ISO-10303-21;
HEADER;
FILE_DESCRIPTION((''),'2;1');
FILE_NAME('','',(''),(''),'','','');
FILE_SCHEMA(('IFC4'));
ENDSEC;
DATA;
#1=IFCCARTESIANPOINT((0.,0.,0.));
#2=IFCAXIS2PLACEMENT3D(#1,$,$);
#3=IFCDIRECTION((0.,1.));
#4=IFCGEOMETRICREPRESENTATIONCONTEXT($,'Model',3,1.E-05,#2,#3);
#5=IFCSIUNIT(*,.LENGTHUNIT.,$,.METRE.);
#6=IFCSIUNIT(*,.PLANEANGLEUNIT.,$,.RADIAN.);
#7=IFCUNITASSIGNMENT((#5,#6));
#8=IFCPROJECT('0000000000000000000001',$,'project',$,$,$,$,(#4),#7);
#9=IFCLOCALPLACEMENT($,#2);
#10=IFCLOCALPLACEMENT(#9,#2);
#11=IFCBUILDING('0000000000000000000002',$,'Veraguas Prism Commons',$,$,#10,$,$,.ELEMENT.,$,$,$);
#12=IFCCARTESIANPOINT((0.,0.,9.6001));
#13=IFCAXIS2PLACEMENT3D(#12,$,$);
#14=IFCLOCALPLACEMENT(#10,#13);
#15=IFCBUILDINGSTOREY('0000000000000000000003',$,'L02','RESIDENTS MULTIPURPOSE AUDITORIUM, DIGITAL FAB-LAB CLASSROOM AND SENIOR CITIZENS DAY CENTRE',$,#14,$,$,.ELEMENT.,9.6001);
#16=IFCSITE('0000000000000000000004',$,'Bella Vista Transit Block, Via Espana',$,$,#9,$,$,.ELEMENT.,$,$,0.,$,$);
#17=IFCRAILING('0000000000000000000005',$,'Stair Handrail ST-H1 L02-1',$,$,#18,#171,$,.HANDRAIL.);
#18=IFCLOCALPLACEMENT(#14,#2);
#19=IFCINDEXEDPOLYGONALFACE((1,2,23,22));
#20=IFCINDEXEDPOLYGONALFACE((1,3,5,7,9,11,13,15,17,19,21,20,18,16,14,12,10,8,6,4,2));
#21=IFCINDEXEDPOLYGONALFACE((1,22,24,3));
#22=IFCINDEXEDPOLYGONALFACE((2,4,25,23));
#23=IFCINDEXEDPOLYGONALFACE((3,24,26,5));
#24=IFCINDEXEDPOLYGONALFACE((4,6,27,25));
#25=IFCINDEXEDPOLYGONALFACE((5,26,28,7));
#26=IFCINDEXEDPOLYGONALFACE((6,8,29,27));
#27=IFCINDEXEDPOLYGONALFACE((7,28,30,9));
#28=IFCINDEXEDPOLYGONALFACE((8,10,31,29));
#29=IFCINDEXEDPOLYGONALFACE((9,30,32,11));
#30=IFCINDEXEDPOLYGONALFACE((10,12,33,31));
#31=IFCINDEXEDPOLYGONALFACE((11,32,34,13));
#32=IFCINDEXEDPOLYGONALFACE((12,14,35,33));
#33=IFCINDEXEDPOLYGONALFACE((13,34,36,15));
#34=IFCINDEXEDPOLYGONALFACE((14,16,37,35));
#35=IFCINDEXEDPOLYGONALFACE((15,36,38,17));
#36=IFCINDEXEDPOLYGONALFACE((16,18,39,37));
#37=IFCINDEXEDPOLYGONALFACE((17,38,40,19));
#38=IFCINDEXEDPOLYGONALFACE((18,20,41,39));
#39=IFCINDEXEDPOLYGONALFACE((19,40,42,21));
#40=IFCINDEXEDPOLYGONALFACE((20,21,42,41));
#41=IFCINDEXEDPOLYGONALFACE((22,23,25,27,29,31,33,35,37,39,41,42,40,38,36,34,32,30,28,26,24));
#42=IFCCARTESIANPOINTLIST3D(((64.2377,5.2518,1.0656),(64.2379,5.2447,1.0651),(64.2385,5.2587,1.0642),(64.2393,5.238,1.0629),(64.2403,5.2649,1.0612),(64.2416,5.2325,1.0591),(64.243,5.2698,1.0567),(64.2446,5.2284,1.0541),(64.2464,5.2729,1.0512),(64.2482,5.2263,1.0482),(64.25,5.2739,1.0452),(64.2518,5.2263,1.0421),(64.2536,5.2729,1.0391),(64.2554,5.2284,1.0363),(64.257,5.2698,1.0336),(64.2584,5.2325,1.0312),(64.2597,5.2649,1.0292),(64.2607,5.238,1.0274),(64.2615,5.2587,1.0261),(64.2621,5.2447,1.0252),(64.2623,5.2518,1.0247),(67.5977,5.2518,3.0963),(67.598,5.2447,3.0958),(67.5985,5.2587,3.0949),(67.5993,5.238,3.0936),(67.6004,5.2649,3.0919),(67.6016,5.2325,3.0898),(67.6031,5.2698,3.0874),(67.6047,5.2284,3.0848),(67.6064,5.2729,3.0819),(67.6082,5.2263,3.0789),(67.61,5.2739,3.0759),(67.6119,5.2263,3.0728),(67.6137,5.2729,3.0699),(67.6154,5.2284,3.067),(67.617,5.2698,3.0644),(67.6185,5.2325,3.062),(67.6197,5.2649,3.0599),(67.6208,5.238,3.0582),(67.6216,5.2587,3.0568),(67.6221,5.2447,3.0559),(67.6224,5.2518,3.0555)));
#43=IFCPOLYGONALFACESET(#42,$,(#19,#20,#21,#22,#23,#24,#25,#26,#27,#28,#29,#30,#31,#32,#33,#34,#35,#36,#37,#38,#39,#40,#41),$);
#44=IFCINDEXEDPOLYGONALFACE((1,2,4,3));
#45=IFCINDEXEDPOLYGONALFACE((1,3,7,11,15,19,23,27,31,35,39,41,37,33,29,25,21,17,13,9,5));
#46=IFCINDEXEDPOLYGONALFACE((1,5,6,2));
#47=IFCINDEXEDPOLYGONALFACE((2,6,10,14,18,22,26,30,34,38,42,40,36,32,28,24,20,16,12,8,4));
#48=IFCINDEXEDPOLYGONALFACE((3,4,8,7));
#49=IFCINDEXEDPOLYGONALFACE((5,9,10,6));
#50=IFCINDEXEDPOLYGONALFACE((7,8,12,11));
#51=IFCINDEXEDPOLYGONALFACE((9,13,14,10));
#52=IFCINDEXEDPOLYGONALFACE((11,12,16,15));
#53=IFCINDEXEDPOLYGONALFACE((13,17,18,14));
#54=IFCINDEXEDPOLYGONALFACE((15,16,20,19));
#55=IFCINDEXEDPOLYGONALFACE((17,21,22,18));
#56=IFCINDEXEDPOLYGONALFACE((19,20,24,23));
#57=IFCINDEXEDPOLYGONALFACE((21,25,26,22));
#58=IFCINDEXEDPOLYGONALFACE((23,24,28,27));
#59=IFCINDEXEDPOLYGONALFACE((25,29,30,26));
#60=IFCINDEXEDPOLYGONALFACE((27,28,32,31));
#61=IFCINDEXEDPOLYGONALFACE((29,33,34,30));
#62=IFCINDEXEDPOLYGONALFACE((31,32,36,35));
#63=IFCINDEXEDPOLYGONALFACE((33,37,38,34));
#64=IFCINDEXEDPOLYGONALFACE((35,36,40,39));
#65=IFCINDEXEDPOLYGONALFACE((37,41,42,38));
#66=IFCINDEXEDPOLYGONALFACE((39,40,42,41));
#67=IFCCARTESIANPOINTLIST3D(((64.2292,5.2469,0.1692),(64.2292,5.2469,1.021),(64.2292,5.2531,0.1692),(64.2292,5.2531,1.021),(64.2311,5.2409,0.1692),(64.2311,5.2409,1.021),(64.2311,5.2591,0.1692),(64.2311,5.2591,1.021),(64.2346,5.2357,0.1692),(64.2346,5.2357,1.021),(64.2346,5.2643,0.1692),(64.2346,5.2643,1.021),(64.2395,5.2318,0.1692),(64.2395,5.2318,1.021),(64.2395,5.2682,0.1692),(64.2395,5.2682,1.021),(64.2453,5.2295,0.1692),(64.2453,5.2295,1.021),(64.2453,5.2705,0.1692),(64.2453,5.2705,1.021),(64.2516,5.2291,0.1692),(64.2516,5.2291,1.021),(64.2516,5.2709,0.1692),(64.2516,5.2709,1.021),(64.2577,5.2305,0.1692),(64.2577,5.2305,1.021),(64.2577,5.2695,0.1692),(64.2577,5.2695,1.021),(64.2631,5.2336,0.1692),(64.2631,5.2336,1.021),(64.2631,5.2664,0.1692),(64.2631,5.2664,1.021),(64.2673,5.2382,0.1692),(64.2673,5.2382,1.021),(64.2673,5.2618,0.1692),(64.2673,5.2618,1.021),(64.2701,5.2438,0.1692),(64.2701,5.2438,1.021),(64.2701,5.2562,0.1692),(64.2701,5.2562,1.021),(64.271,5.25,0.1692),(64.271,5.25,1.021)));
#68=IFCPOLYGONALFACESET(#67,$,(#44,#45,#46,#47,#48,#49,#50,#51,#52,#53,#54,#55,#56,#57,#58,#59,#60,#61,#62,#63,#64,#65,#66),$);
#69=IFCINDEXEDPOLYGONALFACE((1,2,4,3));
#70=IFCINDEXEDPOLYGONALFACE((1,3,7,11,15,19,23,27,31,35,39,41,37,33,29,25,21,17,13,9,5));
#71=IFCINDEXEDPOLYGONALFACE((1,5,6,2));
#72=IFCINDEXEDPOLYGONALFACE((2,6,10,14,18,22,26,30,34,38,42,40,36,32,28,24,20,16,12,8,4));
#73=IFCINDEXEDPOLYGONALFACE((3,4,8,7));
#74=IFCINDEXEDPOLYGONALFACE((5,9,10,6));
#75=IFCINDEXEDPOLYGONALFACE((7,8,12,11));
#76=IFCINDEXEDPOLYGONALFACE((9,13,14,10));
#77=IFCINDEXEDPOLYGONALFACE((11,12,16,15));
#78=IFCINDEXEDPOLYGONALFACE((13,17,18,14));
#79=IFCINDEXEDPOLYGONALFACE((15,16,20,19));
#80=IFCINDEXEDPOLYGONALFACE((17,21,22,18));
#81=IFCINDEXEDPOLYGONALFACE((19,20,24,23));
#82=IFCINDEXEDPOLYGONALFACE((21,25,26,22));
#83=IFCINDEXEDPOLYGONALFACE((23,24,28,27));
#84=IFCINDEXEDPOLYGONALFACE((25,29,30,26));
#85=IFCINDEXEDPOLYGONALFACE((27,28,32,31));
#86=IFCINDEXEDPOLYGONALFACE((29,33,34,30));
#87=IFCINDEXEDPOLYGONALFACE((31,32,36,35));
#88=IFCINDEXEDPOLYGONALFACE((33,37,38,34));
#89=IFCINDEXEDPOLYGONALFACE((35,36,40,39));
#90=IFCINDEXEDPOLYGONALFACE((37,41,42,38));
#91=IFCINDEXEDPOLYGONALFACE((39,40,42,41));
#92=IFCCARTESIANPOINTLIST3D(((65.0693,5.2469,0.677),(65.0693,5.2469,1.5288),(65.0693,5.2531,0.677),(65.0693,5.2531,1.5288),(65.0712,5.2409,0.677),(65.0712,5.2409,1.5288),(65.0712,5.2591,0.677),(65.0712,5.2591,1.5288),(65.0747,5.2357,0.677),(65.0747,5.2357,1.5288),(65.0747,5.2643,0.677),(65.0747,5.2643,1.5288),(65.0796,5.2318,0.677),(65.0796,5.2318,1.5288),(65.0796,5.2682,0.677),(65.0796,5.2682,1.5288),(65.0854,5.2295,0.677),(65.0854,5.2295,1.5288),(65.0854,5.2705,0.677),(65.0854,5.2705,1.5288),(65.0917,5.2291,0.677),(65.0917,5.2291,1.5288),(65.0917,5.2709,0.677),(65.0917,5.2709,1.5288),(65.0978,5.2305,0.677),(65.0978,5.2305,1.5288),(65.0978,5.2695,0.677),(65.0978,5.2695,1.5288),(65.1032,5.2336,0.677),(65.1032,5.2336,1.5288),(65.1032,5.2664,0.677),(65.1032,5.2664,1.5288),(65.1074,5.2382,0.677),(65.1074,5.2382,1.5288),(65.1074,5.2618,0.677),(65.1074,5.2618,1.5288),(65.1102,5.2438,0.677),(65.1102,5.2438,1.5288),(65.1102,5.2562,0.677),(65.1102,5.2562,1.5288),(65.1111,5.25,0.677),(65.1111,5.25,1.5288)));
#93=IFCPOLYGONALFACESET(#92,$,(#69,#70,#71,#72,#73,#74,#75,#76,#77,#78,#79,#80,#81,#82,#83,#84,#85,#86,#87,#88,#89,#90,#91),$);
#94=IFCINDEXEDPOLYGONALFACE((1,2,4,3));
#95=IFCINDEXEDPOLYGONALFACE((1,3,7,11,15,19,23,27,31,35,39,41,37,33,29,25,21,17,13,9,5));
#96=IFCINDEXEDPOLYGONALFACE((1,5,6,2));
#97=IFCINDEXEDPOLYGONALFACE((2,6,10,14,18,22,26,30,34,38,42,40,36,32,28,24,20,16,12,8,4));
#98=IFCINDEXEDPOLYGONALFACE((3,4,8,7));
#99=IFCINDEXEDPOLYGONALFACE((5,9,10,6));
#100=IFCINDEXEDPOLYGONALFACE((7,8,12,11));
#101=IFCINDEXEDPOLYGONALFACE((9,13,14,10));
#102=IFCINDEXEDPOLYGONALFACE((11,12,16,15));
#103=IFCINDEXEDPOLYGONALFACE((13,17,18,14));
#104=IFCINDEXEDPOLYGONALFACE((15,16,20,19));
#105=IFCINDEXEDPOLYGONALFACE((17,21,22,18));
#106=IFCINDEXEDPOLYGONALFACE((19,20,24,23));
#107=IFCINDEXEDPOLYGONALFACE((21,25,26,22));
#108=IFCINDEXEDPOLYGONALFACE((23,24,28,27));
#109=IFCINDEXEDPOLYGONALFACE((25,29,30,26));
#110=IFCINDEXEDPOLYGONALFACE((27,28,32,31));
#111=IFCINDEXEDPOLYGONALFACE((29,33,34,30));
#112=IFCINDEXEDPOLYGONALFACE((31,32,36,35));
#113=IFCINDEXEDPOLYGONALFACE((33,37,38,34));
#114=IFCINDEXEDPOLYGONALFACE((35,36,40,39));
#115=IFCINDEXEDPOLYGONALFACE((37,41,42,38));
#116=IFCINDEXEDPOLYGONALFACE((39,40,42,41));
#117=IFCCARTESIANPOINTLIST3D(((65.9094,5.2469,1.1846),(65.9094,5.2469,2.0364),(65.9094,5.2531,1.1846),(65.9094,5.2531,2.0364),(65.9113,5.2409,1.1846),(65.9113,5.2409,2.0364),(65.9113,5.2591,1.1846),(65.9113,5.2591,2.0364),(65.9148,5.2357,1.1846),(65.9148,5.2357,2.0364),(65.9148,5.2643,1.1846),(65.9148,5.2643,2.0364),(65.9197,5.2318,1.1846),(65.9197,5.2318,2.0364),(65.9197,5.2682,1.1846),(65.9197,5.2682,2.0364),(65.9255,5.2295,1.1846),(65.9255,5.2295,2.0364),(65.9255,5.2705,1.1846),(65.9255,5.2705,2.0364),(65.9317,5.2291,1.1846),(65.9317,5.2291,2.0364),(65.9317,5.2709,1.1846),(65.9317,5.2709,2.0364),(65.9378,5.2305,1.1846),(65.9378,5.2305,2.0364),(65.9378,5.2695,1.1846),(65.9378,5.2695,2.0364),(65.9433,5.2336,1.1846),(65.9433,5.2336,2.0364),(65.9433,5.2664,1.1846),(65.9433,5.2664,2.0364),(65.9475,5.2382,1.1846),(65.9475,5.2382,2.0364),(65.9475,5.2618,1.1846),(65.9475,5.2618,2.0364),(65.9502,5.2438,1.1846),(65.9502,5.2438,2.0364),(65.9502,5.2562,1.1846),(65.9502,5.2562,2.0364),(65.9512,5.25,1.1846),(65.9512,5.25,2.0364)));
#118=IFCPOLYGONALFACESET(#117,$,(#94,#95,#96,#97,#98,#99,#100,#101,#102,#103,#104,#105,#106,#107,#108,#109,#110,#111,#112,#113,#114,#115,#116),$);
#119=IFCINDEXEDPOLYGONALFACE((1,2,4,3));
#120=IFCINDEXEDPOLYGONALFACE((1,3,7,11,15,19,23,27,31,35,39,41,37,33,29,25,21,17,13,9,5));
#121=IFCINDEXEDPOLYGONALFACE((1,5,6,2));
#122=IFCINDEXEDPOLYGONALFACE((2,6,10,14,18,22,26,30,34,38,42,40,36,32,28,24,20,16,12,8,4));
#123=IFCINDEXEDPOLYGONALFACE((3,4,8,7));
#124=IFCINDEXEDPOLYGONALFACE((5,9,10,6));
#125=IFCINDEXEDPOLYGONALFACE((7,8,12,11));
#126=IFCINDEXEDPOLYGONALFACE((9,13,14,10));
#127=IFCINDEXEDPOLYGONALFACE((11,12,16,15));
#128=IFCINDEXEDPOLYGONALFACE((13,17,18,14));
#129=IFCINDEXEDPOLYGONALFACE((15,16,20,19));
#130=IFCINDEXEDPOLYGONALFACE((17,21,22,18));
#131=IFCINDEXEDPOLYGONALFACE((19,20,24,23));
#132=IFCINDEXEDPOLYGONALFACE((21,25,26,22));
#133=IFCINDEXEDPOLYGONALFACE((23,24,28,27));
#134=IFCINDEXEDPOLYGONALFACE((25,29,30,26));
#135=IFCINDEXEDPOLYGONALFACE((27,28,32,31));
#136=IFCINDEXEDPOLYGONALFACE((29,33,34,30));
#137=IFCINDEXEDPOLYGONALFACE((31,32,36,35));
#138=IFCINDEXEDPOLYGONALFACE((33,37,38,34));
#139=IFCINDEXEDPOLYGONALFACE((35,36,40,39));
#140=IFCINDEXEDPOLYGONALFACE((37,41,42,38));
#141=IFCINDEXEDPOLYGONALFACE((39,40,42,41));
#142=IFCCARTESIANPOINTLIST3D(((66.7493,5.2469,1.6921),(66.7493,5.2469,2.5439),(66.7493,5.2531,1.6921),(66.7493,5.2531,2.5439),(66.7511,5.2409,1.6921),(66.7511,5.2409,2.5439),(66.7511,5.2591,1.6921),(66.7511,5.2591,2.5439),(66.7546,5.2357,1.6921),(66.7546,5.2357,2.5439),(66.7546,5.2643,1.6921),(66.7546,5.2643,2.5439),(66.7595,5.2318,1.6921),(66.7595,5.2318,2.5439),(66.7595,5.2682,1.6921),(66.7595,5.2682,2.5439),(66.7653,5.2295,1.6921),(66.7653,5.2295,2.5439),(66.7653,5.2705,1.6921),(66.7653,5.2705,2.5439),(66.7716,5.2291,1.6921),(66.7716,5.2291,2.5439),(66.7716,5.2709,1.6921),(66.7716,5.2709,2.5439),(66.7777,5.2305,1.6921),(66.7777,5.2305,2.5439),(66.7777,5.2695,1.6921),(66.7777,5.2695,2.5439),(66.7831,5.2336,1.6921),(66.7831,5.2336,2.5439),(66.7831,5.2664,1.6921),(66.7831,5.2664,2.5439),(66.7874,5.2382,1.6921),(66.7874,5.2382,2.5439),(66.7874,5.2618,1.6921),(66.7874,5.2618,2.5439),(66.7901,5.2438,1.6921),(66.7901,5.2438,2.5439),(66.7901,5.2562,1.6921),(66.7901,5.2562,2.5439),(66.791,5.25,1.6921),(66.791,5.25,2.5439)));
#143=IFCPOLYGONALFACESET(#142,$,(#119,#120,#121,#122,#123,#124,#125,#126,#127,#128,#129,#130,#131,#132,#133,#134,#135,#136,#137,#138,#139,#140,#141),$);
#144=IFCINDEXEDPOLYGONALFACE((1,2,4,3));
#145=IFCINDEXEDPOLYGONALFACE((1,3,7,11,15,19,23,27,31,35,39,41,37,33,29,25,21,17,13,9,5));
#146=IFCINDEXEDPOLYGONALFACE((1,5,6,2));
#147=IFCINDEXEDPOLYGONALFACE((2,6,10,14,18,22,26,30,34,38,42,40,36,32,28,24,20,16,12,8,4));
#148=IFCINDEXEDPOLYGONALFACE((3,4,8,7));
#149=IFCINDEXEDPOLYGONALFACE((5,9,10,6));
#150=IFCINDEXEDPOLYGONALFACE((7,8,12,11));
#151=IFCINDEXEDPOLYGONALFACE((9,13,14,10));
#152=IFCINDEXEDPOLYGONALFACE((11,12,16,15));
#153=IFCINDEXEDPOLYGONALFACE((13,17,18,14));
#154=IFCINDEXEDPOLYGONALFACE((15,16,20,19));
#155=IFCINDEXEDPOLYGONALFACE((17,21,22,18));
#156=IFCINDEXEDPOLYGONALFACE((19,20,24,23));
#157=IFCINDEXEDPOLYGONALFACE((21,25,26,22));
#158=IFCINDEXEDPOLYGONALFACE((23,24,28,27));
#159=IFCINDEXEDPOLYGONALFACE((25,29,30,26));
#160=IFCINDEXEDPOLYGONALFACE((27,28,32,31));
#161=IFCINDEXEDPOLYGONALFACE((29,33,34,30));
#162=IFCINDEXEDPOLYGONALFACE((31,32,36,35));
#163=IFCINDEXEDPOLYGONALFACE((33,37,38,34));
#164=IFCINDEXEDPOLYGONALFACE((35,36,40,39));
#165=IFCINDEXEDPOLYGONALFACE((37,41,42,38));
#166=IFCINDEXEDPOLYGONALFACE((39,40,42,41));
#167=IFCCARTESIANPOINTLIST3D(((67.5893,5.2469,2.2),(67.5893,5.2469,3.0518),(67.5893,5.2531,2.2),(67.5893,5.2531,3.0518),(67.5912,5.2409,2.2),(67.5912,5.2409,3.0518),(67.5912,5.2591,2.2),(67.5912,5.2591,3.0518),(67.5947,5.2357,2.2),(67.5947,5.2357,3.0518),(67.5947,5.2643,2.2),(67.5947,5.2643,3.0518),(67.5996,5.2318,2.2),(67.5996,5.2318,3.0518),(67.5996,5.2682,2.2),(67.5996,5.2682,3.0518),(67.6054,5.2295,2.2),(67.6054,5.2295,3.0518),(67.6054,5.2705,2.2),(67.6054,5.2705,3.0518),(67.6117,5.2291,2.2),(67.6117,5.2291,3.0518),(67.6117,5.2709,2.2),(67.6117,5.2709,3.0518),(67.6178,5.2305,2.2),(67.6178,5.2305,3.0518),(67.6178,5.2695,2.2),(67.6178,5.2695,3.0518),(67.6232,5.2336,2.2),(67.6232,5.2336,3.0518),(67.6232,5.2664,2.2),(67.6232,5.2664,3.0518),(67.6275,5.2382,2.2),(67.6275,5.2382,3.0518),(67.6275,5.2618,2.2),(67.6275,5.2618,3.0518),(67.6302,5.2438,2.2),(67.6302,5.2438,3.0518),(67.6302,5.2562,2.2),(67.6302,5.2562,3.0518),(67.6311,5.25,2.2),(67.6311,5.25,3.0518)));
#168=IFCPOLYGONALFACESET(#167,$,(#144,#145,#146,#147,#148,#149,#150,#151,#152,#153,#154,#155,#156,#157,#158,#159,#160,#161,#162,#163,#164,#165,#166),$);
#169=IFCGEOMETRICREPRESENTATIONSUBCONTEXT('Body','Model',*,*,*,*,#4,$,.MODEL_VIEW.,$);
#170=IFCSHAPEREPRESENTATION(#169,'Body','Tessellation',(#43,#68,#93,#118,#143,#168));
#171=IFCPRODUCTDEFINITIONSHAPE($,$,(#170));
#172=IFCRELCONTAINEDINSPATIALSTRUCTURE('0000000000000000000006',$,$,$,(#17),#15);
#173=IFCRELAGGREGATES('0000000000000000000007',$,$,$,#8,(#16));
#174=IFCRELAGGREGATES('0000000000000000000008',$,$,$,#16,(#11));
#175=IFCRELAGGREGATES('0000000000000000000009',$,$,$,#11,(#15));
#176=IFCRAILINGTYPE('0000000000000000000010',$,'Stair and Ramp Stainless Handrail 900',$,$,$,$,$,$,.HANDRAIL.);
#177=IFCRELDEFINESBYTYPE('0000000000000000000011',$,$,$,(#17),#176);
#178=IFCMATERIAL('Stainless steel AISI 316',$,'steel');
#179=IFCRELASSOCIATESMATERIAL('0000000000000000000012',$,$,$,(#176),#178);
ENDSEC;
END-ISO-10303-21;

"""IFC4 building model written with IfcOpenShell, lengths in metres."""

from ifc_helpers import new_model, si_unit, direction, frame, origin, origin_2d, place, context, subcontext, project, spatial, circle, extrude, material, type_object, element, save


model = new_model("IFC4")

# Units and contexts
model_context = context("Model", 3, precision=1e-05, world=origin(), true_north=direction((0.0, 1.0)))
body_context = subcontext(model_context, "Body", "Model", "MODEL_VIEW")
ifc_project = project(units=[si_unit("LENGTHUNIT", "METRE"), si_unit("PLANEANGLEUNIT", "RADIAN")], contexts=[model_context])

# Site, building, storey
site_placement = place(None, origin())
site = spatial("IfcSite", under=ifc_project, at=site_placement, Name="Bella Vista Transit Block, Via Espana", CompositionType="ELEMENT", RefElevation=0.0)
building_placement = place(site_placement, origin())
building = spatial("IfcBuilding", under=site, at=building_placement, Name="Veraguas Prism Commons", CompositionType="ELEMENT")
storey_placement = place(building_placement, frame((0.0, 0.0, 9.6001)))
storey = spatial("IfcBuildingStorey", under=building, at=storey_placement, Name="L02", Description="RESIDENTS MULTIPURPOSE AUDITORIUM, DIGITAL FAB-LAB CLASSROOM AND SENIOR CITIZENS DAY CENTRE", CompositionType="ELEMENT", Elevation=9.6001)

# Shared definitions
ifc_material_1 = material(Name="Stainless steel AISI 316", Category="steel")

# Railing
railing_type_1 = type_object("IfcRailingType", Name="Stair and Ramp Stainless Handrail 900", PredefinedType="HANDRAIL", material=ifc_material_1)
railing_1_placement = place(storey_placement, frame((64.25, 5.25, 0.1692)))
element("IfcRailing", 1, at=railing_1_placement, inside=storey, type_object=railing_type_1, Name="Stair Handrail ST-H1 L02-1", PredefinedType="HANDRAIL", context=body_context, shape_type="SweptSolid", body=[
    extrude(circle(Radius=0.0239, at=origin_2d()), frame((0.0, 0.0, 0.876), z_axis=(0.855837, 0.0, 0.517246), x_axis=(0.0, 1.0, 0.0)), (0.0, 0.0, 1.0), 3.926),
    extrude(circle(Radius=0.021, at=origin_2d()), origin(), (0.0, 0.0, 1.0), 0.8518),
    extrude(circle(Radius=0.021, at=origin_2d()), frame((0.8401, 0.0, 0.5078)), (0.0, 0.0, 1.0), 0.8518),
    extrude(circle(Radius=0.021, at=origin_2d()), frame((1.6802, 0.0, 1.0154)), (0.0, 0.0, 1.0), 0.8518),
    extrude(circle(Radius=0.021, at=origin_2d()), frame((2.52, 0.0, 1.5229)), (0.0, 0.0, 1.0), 0.8518),
    extrude(circle(Radius=0.021, at=origin_2d()), frame((3.3601, 0.0, 2.0308)), (0.0, 0.0, 1.0), 0.8518),
])

save(model, "model.ifc")
